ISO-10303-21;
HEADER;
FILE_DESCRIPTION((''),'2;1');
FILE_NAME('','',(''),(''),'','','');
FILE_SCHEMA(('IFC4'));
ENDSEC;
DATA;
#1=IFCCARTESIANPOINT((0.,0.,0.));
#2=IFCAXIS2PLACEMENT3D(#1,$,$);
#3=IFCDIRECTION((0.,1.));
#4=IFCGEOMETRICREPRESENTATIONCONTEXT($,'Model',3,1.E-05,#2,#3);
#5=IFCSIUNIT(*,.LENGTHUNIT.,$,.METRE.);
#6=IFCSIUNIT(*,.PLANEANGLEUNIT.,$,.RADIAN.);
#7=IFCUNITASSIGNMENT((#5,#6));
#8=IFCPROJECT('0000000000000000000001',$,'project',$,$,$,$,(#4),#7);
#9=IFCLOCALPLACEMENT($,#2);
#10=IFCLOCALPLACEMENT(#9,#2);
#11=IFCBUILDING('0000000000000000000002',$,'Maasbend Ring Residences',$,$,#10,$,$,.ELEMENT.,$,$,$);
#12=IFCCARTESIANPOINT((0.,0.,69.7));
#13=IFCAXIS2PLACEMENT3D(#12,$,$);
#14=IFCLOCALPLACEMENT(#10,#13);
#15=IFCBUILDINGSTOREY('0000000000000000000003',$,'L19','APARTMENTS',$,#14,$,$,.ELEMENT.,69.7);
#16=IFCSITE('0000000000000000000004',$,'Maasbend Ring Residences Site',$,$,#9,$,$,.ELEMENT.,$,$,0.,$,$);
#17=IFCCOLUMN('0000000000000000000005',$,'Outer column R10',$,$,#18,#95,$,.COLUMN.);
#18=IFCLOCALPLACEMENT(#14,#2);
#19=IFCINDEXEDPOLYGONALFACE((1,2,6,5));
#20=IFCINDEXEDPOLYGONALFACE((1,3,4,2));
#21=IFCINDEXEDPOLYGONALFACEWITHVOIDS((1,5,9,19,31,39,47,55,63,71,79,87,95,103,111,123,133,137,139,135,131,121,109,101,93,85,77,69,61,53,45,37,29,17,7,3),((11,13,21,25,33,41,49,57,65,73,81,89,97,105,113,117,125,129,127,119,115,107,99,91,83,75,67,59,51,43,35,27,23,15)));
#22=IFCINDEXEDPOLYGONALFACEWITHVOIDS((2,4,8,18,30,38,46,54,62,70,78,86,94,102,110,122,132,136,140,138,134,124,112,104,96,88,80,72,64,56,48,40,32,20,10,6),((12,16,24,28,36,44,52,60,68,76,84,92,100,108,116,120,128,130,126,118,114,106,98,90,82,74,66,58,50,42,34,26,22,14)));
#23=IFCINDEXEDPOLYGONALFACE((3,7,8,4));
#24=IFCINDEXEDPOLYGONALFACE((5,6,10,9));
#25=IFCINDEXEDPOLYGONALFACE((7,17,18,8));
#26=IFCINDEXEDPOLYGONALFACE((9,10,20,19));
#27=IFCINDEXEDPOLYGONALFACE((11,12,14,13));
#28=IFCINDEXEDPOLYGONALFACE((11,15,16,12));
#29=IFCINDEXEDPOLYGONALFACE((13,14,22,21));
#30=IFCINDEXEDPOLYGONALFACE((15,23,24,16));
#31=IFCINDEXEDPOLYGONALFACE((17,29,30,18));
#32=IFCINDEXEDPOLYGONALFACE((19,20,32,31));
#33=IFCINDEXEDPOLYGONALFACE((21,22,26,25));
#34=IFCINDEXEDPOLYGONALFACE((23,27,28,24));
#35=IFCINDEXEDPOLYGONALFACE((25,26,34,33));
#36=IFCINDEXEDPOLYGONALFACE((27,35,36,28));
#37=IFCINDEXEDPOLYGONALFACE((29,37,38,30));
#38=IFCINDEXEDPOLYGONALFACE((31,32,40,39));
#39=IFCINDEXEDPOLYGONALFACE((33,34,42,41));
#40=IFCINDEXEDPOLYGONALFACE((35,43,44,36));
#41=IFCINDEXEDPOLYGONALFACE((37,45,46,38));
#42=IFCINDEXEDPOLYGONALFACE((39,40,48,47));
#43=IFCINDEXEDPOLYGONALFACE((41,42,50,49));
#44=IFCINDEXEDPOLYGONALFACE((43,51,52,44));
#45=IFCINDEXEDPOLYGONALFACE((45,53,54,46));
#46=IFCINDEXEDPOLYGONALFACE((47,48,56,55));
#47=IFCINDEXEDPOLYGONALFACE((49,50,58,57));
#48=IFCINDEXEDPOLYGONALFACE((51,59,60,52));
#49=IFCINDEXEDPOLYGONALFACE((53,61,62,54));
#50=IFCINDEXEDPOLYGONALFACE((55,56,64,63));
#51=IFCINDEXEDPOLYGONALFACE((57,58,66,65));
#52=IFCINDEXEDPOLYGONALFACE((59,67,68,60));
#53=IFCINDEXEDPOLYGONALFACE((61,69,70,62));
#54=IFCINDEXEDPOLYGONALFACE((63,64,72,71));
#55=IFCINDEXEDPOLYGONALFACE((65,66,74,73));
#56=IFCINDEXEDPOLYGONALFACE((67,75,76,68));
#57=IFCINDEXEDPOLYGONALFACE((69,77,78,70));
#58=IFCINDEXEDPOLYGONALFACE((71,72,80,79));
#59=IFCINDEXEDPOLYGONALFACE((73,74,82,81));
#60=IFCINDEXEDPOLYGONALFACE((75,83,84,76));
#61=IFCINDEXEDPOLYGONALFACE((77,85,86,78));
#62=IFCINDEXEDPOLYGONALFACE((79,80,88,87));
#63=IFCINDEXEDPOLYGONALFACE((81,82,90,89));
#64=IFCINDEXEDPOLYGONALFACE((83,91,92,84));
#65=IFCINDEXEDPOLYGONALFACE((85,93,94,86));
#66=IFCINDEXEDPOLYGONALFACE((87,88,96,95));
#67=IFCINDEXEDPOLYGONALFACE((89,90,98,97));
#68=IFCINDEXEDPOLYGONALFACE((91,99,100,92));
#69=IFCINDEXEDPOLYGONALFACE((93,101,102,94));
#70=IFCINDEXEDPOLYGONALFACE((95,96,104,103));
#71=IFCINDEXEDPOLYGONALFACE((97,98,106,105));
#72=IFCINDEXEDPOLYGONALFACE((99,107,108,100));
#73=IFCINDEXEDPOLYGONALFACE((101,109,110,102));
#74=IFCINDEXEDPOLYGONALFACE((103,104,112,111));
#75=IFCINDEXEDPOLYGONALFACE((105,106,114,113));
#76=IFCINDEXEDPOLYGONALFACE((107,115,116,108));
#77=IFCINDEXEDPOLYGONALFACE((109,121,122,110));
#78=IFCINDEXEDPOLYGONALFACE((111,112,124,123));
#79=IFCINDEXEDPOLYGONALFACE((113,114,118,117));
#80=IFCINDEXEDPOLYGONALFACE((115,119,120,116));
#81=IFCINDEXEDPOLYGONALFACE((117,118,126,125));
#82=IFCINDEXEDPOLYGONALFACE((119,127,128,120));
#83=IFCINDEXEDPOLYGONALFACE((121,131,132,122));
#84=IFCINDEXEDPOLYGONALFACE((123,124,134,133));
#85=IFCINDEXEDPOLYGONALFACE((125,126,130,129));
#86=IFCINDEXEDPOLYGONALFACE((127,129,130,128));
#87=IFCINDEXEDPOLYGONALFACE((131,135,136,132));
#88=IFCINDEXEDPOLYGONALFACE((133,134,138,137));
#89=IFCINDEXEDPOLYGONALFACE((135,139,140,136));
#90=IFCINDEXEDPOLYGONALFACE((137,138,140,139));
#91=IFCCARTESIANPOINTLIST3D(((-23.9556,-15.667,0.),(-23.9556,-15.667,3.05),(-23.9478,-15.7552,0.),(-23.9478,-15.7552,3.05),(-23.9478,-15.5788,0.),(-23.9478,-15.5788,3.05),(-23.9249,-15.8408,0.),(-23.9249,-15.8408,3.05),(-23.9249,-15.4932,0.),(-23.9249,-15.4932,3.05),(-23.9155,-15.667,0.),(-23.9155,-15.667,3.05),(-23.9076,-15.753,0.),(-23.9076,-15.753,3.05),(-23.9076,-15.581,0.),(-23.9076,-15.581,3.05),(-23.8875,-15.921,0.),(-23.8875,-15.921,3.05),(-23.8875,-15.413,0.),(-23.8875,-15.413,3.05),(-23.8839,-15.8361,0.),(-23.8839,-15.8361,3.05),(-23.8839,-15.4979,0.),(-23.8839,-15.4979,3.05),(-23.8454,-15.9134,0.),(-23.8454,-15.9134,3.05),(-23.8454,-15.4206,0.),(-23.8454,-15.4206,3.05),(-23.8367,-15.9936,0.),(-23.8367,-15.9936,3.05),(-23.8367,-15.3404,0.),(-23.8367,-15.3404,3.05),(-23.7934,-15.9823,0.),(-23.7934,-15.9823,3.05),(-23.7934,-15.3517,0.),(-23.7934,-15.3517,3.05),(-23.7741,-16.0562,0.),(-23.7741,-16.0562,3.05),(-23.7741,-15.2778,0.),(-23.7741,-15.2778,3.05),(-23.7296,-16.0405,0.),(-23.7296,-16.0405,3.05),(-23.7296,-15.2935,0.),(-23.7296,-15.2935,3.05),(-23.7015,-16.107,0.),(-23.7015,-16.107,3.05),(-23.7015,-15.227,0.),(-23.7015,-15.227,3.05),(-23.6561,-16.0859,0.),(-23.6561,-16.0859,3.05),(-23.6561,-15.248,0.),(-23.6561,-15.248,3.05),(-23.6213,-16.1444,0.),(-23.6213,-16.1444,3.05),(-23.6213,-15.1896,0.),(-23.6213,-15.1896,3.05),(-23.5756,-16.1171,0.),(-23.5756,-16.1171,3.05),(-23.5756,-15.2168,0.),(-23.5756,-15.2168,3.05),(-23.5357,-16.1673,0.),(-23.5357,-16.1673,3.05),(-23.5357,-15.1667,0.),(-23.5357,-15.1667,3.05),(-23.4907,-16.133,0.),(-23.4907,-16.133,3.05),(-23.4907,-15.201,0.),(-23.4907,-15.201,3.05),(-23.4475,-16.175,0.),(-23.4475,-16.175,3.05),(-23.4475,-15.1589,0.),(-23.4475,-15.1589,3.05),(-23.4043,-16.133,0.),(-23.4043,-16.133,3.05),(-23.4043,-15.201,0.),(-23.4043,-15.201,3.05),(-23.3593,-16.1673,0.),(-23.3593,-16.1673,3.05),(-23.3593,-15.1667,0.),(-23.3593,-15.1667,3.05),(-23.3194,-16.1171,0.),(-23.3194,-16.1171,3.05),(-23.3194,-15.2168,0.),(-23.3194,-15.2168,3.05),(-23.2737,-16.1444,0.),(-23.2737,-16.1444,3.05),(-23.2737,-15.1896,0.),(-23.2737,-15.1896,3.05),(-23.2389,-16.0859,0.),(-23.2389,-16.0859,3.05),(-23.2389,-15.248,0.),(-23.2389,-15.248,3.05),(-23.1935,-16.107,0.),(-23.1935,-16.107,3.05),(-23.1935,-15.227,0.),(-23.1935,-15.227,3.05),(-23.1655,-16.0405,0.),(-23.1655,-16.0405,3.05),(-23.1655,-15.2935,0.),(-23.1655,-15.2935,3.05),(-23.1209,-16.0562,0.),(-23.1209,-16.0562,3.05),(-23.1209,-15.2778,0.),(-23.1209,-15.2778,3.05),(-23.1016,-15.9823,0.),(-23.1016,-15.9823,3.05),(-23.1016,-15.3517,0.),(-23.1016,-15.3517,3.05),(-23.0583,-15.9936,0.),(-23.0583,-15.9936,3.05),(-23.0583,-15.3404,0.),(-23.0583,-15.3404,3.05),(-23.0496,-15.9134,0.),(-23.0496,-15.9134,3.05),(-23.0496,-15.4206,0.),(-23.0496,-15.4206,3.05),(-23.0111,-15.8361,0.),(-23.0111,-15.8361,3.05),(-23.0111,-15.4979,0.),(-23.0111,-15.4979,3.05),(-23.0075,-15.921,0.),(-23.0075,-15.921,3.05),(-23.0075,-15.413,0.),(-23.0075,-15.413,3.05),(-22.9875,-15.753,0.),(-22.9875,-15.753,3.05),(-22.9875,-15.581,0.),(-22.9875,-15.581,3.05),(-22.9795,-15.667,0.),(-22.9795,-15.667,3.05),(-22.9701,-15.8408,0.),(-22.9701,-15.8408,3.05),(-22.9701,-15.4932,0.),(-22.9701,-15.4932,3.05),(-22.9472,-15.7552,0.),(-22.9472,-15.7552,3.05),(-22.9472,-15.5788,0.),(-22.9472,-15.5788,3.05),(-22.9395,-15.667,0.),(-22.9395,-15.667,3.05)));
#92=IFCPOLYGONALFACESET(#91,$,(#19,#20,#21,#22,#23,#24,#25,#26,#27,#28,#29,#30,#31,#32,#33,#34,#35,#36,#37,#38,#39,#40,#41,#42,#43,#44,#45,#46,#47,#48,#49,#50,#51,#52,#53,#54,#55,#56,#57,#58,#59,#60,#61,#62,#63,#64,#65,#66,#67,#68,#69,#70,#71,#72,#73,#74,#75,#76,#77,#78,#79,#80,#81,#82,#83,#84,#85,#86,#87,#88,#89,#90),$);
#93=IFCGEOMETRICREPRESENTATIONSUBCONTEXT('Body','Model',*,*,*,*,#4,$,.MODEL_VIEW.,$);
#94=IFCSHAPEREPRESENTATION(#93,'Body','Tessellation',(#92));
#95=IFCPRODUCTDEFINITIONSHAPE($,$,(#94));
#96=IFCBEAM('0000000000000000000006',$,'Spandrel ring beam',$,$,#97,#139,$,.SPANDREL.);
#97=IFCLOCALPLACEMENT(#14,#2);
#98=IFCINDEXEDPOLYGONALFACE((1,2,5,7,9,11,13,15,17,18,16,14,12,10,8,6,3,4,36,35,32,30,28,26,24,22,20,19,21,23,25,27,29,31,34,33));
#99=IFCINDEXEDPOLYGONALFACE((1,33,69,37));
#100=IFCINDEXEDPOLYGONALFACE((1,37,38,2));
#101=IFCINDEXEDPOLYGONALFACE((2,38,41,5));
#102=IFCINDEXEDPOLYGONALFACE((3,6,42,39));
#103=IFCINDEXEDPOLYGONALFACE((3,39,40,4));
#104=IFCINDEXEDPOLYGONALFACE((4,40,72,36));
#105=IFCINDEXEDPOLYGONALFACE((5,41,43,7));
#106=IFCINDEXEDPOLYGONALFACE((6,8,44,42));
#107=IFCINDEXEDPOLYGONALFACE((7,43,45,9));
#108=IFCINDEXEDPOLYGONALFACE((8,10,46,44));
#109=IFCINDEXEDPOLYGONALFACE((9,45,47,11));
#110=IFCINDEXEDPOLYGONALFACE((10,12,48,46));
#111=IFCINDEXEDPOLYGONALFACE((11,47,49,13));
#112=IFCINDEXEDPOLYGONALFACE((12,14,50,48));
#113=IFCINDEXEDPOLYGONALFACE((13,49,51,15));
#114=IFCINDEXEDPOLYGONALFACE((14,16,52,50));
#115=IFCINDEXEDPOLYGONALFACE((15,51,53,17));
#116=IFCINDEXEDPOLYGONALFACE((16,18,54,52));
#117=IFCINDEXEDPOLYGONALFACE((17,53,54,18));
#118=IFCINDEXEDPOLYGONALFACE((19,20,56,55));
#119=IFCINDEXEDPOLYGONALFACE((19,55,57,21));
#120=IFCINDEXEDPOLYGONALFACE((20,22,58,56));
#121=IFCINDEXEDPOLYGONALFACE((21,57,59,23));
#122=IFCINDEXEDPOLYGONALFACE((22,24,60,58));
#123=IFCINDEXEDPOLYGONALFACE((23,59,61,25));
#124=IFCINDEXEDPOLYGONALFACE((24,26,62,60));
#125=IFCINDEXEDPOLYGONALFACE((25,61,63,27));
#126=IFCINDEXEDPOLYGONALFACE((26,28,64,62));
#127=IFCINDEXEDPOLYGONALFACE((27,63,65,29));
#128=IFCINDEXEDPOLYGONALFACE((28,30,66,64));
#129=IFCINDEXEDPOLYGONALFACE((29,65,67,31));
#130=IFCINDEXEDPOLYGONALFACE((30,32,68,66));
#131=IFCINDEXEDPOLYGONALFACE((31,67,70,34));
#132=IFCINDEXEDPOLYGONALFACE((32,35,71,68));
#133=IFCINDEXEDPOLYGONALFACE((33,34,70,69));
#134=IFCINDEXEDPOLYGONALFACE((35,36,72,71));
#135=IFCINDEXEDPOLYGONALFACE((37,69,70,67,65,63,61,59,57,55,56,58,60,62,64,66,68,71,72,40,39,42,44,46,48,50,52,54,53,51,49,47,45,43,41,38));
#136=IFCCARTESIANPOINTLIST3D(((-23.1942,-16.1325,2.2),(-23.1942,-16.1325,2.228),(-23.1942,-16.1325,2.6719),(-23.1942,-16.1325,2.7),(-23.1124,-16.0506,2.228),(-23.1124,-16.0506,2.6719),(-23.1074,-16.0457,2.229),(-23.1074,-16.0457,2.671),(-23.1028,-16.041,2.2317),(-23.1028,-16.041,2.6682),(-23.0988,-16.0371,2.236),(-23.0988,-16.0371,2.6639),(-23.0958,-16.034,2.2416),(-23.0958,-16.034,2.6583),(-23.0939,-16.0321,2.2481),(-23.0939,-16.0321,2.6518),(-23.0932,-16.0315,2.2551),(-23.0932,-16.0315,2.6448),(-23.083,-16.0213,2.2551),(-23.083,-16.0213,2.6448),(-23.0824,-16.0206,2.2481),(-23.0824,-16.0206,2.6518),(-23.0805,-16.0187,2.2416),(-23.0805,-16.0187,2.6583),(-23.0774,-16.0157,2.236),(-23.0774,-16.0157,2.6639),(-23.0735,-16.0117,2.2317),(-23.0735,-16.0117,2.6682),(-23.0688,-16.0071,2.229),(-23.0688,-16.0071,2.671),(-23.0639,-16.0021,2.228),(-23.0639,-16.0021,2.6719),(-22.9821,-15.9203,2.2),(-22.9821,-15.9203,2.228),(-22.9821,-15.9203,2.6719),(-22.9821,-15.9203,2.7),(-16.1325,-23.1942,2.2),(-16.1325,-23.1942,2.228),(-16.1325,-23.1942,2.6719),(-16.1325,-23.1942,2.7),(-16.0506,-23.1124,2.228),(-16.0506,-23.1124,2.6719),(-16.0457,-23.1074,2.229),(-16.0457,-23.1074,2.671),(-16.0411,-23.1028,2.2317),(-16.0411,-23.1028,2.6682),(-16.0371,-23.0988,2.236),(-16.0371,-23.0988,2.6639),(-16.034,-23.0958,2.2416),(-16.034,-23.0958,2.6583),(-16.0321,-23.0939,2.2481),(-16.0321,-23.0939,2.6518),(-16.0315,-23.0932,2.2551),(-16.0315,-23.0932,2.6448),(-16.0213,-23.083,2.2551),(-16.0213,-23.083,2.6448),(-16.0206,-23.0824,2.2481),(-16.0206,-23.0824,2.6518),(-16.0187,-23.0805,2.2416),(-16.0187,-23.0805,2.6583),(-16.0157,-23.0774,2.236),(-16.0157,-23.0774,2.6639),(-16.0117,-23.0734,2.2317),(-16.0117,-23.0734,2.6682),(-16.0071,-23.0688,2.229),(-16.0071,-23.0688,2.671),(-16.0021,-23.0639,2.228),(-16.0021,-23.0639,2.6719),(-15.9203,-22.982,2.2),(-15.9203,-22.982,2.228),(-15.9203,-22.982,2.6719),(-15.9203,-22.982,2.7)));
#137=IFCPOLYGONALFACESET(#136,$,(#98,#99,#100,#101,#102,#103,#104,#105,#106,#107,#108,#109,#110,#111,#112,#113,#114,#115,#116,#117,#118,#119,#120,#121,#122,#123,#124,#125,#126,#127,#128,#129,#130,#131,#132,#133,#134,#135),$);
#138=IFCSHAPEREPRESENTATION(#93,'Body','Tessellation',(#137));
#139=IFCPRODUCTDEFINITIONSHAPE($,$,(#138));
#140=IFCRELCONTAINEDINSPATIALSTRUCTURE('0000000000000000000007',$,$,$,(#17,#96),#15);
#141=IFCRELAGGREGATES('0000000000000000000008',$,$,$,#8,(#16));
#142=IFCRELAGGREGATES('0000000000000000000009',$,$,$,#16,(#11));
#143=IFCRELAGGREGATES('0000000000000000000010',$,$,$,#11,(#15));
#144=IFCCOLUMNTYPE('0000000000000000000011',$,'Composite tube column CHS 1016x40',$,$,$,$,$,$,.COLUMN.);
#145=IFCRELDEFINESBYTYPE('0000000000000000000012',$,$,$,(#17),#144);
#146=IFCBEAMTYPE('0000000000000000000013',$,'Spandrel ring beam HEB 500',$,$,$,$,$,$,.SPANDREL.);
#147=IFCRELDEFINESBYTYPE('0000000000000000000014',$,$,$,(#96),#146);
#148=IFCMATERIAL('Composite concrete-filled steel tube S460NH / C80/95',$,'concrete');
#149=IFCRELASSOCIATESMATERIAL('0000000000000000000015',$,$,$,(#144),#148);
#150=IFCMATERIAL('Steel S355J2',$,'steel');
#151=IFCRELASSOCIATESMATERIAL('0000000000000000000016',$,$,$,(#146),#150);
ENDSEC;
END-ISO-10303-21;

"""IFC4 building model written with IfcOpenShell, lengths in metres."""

from ifc_helpers import new_model, si_unit, direction, frame, origin, origin_2d, place, context, subcontext, project, spatial, hollow_circle, i_section, extrude, material, material_profile, profile_set, type_object, element, save


model = new_model("IFC4")

# Units and contexts
model_context = context("Model", 3, precision=1e-05, world=origin(), true_north=direction((0.0, 1.0)))
body_context = subcontext(model_context, "Body", "Model", "MODEL_VIEW")
ifc_project = project(units=[si_unit("LENGTHUNIT", "METRE"), si_unit("PLANEANGLEUNIT", "RADIAN")], contexts=[model_context])

# Site, building, storey
site_placement = place(None, origin())
site = spatial("IfcSite", under=ifc_project, at=site_placement, Name="Maasbend Ring Residences Site", CompositionType="ELEMENT", RefElevation=0.0)
building_placement = place(site_placement, origin())
building = spatial("IfcBuilding", under=site, at=building_placement, Name="Maasbend Ring Residences", CompositionType="ELEMENT")
storey_placement = place(building_placement, frame((0.0, 0.0, 69.7)))
storey = spatial("IfcBuildingStorey", under=building, at=storey_placement, Name="L19", Description="APARTMENTS", CompositionType="ELEMENT", Elevation=69.7)

# Column
ifc_material_1 = material(Name="Composite concrete-filled steel tube S460NH / C80/95", Category="concrete")
ifc_material_profile_1 = material_profile(ifc_material_1, hollow_circle(Radius=0.5081, WallThickness=0.04, at=origin_2d()), Name="Composite tube column CHS 1016x40")
ifc_profile_set_1 = profile_set([ifc_material_profile_1], Name="Composite concrete-filled steel tube S460NH / C80/95")
column_type = type_object("IfcColumnType", Name="Composite tube column CHS 1016x40", PredefinedType="COLUMN", material=ifc_profile_set_1)
column_placement = place(storey_placement, frame((-23.4475, -15.667, 0.0), z_axis=(0.0, 0.0, 1.0), x_axis=(1.0, 0.0, 0.0)))
element("IfcColumn", 1, at=column_placement, inside=storey, type_object=column_type, Name="Outer column R10", PredefinedType="COLUMN", context=body_context, shape_type="SweptSolid", body=[
    extrude(hollow_circle(Radius=0.5081, WallThickness=0.04, at=origin_2d()), origin(), (0.0, 0.0, 1.0), 3.05),
])

# Beam
ifc_material_2 = material(Name="Steel S355J2", Category="steel")
ifc_material_profile_2 = material_profile(ifc_material_2, i_section(OverallWidth=0.3, OverallDepth=0.5, WebThickness=0.0144, FlangeThickness=0.0281, FilletRadius=0.0271, at=origin_2d()), Name="HEB 500")
ifc_profile_set_2 = profile_set([ifc_material_profile_2], Name="Steel S355J2")
beam_type = type_object("IfcBeamType", Name="Spandrel ring beam HEB 500", PredefinedType="SPANDREL", material=ifc_profile_set_2)
beam_placement = place(storey_placement, frame((-23.0881, -16.0264, 2.45), z_axis=(0.707107, -0.707107, 0.0), x_axis=(0.707107, 0.707107, 0.0)))
element("IfcBeam", 2, at=beam_placement, inside=storey, type_object=beam_type, Name="Spandrel ring beam", PredefinedType="SPANDREL", context=body_context, shape_type="SweptSolid", body=[
    extrude(i_section(OverallWidth=0.3, OverallDepth=0.5, WebThickness=0.0144, FlangeThickness=0.0281, FilletRadius=0.0271, at=origin_2d()), origin(), (0.0, 0.0, 1.0), 9.9868),
])

save(model, "model.ifc")
